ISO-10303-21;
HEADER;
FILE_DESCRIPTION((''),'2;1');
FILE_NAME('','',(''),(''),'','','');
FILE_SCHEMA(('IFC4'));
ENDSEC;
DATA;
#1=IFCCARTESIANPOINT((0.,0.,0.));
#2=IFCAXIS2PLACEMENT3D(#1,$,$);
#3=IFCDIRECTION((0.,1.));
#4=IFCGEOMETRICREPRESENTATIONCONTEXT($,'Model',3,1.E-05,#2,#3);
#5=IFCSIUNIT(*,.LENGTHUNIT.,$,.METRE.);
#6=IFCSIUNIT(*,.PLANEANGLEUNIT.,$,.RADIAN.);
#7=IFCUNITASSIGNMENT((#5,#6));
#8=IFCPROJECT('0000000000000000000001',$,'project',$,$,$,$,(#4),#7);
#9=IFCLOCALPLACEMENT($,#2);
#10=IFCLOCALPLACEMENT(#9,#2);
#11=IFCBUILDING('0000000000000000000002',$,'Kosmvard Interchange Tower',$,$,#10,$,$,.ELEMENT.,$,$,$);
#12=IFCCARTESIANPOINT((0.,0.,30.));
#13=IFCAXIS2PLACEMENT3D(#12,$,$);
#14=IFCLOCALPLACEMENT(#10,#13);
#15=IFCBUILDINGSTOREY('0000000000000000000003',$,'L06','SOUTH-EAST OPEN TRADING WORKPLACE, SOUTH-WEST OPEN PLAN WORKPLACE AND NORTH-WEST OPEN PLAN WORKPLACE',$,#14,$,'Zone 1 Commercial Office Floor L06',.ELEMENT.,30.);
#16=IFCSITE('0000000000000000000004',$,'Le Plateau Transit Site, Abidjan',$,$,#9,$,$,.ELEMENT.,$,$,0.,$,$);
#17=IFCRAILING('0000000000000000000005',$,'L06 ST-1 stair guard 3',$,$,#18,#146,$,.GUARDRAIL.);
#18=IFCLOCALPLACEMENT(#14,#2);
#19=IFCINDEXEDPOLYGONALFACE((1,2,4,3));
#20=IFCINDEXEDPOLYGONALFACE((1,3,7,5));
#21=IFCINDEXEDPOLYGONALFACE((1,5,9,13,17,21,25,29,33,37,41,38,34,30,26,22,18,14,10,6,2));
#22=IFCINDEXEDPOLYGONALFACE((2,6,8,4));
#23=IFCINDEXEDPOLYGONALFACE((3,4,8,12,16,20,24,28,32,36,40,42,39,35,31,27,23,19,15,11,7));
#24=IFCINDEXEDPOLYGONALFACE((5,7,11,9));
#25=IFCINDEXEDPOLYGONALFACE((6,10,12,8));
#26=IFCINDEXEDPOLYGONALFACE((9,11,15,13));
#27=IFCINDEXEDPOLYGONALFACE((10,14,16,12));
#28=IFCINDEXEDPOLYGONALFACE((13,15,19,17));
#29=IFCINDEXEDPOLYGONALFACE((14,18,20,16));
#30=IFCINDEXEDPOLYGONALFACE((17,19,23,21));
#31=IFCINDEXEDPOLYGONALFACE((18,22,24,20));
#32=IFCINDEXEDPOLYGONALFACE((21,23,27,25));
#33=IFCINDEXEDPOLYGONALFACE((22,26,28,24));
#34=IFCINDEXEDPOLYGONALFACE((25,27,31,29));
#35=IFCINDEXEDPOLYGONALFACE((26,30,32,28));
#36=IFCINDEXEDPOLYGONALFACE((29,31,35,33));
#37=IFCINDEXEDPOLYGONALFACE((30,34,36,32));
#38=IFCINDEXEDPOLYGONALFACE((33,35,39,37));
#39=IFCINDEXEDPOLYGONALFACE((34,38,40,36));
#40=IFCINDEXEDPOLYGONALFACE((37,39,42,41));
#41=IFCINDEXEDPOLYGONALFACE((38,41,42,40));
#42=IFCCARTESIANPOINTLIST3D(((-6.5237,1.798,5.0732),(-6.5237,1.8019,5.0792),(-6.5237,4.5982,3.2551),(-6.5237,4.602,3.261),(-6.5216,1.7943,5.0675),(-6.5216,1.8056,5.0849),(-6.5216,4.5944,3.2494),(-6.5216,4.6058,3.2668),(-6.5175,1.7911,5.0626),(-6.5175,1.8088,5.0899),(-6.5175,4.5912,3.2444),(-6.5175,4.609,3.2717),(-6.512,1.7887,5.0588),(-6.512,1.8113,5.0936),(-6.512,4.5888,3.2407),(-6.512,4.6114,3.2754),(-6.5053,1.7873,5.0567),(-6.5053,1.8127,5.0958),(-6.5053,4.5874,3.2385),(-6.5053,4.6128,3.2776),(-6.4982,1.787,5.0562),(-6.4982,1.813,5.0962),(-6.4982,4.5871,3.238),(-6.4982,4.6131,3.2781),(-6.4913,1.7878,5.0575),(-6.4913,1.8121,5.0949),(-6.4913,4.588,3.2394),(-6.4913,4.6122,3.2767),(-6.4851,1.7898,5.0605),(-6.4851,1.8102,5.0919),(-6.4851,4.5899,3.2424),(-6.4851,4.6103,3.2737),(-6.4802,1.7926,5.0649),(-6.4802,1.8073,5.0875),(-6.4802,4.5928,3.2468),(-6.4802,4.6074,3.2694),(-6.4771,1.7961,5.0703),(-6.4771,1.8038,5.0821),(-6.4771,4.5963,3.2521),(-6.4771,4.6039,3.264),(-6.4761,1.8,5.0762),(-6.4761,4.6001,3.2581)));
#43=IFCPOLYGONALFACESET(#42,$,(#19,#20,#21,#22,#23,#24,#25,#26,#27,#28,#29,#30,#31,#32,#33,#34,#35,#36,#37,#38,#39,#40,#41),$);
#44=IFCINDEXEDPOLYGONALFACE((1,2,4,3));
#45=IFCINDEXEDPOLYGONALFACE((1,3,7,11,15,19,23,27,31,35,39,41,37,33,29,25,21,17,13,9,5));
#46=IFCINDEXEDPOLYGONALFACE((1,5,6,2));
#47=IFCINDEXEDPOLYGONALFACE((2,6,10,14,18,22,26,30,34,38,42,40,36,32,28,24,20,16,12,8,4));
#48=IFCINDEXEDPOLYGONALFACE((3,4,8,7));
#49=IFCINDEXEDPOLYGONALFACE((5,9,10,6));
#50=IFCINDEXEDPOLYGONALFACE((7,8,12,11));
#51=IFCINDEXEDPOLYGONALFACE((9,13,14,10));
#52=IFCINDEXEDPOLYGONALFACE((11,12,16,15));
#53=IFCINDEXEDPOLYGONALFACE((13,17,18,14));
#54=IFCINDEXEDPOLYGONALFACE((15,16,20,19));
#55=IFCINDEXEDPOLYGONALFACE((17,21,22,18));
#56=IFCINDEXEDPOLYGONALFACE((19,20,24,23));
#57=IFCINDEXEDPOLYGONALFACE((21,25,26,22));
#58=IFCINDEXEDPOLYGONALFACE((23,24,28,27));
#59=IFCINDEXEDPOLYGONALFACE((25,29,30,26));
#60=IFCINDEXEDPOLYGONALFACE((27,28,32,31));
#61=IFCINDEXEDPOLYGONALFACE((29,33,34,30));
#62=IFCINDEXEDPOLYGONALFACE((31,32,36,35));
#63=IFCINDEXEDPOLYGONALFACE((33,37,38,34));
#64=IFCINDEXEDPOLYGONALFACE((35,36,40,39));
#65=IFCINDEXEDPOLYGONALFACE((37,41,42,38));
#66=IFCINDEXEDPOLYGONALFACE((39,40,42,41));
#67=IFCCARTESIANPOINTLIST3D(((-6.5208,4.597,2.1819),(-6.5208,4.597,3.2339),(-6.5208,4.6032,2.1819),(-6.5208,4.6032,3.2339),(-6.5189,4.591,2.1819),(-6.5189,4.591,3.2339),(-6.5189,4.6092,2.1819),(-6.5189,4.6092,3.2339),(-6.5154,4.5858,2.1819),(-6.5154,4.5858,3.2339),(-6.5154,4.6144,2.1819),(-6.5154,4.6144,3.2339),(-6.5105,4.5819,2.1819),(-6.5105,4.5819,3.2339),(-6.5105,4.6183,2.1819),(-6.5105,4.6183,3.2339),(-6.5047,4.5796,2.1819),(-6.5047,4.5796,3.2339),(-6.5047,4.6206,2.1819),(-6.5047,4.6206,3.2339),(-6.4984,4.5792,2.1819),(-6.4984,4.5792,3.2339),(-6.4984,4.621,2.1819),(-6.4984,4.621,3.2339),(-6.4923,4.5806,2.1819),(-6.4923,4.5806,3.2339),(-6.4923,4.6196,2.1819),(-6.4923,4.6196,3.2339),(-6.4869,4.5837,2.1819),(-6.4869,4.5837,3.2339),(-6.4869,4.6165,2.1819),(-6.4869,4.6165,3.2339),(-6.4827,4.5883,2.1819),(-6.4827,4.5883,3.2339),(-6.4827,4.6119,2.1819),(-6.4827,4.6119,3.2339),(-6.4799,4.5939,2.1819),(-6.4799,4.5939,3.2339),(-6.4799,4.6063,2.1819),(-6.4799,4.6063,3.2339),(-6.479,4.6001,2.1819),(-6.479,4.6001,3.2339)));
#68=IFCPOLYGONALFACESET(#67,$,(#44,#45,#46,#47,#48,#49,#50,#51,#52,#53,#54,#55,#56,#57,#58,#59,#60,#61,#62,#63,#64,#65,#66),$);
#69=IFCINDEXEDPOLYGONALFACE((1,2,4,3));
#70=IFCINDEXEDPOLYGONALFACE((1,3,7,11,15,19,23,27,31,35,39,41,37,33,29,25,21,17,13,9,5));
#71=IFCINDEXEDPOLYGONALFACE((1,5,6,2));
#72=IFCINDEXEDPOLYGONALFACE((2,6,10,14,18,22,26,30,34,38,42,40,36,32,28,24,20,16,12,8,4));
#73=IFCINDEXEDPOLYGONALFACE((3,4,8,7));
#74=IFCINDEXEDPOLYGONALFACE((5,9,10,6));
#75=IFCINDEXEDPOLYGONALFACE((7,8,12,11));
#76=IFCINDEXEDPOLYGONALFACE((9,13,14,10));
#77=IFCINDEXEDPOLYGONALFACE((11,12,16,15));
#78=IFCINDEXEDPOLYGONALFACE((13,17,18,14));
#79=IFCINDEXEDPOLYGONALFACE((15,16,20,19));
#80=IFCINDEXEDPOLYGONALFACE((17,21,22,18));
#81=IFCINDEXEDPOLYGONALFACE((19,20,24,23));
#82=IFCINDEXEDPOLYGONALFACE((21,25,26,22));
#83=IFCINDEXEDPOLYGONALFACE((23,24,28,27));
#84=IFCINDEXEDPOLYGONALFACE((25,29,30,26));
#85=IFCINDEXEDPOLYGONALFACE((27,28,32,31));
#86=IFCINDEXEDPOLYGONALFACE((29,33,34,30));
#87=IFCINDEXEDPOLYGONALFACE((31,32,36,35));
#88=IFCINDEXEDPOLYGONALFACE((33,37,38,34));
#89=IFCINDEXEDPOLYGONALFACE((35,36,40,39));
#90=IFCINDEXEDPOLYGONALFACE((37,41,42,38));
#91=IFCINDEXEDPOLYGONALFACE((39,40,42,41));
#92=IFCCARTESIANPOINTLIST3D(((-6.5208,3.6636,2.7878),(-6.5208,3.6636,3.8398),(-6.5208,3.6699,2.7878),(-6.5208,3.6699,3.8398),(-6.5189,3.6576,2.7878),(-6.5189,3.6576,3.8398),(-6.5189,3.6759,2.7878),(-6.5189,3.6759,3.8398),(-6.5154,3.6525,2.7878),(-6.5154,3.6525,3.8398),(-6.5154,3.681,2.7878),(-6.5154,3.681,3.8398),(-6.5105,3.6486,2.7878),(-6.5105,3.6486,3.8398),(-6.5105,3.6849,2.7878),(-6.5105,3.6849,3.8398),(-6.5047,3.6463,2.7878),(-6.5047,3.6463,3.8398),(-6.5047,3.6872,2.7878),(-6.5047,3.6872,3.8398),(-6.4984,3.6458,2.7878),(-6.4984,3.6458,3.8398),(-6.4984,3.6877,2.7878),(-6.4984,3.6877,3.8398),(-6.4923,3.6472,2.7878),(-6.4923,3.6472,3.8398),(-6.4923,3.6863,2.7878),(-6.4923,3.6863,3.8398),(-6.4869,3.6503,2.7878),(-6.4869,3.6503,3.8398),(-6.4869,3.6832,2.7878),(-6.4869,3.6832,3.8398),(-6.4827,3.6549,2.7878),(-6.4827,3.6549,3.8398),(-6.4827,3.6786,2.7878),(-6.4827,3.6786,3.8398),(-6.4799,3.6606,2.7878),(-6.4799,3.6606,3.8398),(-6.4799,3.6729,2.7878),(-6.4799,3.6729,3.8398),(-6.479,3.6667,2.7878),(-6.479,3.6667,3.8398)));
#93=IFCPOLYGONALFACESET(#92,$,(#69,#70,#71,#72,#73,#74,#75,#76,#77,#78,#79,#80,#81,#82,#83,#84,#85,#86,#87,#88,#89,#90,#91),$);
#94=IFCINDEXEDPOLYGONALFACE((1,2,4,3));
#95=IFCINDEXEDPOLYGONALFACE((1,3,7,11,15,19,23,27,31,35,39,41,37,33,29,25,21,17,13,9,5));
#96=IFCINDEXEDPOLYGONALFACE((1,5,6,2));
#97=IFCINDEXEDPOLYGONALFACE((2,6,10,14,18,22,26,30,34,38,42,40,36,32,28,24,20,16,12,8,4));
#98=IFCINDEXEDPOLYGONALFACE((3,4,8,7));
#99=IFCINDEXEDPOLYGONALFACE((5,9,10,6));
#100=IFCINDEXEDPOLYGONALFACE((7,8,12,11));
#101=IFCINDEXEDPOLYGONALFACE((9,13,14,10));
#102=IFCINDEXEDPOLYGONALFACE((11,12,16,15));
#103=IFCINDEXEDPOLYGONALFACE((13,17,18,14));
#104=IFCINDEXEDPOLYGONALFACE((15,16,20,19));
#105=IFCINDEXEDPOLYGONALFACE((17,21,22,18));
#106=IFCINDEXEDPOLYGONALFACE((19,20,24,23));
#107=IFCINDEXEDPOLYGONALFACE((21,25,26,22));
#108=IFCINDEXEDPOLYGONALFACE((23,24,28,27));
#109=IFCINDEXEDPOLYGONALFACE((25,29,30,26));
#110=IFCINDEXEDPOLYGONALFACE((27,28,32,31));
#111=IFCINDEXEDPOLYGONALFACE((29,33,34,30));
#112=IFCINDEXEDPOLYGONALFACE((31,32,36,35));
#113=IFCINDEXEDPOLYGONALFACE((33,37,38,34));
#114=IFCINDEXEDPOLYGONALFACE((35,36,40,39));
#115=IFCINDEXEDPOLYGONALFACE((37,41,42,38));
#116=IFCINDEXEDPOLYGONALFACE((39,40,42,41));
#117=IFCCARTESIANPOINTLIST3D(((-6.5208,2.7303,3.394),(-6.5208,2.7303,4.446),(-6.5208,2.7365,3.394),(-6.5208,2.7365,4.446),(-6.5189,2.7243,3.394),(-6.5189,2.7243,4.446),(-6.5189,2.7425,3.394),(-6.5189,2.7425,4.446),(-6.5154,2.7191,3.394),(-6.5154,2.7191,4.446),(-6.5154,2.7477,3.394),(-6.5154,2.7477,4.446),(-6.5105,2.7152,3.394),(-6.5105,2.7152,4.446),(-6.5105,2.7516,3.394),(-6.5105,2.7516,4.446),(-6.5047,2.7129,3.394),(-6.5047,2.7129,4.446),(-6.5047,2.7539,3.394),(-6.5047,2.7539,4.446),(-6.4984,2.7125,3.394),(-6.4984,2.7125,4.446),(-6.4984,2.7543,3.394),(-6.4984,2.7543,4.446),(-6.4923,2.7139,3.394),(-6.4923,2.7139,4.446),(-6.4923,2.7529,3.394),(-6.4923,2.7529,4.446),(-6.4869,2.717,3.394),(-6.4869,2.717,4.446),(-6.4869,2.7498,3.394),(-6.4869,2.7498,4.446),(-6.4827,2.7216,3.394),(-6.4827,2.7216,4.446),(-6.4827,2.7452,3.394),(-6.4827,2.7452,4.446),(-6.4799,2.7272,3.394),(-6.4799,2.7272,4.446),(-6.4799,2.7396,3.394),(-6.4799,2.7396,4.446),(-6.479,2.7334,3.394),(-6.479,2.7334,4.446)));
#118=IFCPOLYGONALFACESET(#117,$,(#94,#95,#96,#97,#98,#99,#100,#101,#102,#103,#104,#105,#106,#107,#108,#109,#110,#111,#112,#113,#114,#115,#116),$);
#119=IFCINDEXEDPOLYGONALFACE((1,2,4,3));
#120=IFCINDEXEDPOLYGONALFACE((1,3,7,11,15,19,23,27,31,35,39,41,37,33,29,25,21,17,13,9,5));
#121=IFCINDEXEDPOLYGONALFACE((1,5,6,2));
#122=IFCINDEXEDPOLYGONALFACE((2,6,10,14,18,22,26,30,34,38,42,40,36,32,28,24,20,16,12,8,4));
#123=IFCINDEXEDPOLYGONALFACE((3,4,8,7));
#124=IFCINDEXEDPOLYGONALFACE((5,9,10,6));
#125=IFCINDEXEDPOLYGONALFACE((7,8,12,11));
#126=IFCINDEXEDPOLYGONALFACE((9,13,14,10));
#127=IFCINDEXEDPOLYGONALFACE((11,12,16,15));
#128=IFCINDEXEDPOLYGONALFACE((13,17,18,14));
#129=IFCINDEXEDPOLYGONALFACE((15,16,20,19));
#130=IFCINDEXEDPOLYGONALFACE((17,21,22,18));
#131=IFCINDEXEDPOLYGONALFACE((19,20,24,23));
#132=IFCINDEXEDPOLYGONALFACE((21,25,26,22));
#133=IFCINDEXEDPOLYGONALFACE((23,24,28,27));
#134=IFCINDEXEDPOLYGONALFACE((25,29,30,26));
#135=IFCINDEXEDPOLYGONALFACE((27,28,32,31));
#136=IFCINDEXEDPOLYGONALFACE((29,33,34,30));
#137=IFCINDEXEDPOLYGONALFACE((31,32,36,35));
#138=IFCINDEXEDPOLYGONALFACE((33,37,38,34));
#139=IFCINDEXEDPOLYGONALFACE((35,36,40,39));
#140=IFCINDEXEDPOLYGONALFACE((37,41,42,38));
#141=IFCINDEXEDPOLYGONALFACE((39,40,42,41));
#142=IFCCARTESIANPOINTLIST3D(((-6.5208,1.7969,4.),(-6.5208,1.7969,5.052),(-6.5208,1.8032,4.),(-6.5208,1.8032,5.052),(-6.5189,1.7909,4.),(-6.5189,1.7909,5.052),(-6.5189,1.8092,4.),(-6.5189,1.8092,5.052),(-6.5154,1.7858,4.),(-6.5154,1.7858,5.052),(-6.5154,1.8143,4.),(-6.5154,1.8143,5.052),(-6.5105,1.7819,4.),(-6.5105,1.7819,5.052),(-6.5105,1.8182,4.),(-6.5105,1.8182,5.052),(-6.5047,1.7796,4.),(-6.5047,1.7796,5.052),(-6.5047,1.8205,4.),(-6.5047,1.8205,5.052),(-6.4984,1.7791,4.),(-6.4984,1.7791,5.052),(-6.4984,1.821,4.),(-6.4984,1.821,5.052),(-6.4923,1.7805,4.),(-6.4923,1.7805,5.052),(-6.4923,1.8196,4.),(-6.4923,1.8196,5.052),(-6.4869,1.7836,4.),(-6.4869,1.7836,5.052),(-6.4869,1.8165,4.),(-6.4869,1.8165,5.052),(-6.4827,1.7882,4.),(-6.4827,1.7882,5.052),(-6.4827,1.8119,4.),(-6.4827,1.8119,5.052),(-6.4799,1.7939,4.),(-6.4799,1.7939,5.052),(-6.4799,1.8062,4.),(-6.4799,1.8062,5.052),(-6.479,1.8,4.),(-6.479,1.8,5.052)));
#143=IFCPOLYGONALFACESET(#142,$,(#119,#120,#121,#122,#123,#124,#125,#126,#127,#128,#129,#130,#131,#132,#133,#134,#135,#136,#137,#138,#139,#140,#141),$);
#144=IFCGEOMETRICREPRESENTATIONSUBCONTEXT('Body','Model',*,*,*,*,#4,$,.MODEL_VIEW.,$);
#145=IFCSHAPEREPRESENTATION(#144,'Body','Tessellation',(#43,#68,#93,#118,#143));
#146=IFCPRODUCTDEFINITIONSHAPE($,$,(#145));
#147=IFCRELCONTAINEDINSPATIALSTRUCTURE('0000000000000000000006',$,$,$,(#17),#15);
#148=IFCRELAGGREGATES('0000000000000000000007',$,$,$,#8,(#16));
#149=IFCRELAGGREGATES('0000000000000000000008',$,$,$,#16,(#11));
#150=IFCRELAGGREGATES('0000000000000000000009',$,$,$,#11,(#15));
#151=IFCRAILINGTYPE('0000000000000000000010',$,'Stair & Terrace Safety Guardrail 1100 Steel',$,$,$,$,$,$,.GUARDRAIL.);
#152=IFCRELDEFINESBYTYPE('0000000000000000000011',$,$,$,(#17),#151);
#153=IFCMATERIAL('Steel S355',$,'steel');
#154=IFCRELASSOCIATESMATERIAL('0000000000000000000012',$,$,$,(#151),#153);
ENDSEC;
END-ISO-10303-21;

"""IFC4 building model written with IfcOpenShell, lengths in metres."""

from ifc_helpers import new_model, si_unit, direction, frame, origin, origin_2d, place, context, subcontext, project, spatial, circle, extrude, source, transform, mapped, material, type_object, element, save


model = new_model("IFC4")

# Units and contexts
model_context = context("Model", 3, precision=1e-05, world=origin(), true_north=direction((0.0, 1.0)))
body_context = subcontext(model_context, "Body", "Model", "MODEL_VIEW")
ifc_project = project(units=[si_unit("LENGTHUNIT", "METRE"), si_unit("PLANEANGLEUNIT", "RADIAN")], contexts=[model_context])

# Site, building, storey
site_placement = place(None, origin())
site = spatial("IfcSite", under=ifc_project, at=site_placement, Name="Le Plateau Transit Site, Abidjan", CompositionType="ELEMENT", RefElevation=0.0)
building_placement = place(site_placement, origin())
building = spatial("IfcBuilding", under=site, at=building_placement, Name="Kosmvard Interchange Tower", CompositionType="ELEMENT")
storey_placement = place(building_placement, frame((0.0, 0.0, 30.0)))
storey = spatial("IfcBuildingStorey", under=building, at=storey_placement, Name="L06", Description="SOUTH-EAST OPEN TRADING WORKPLACE, SOUTH-WEST OPEN PLAN WORKPLACE AND NORTH-WEST OPEN PLAN WORKPLACE", LongName="Zone 1 Commercial Office Floor L06", CompositionType="ELEMENT", Elevation=30.0)

# Shared definitions
ifc_material_1 = material(Name="Steel S355", Category="steel")

# Railing
railing_type_1 = type_object("IfcRailingType", Name="Stair & Terrace Safety Guardrail 1100 Steel", PredefinedType="GUARDRAIL", material=ifc_material_1)
shared_shape_1 = source(origin(), body_context, "Body", "SweptSolid", [
    extrude(circle(Radius=0.0239, at=origin_2d()), frame((0.0, 0.0, 1.0762), z_axis=(0.0, -0.838706, 0.544585), x_axis=(1.0, 0.0, 0.0)), (0.0, 0.0, 1.0), 3.3386),
    extrude(circle(Radius=0.021, at=origin_2d()), origin(), (0.0, 0.0, 1.0), 1.052),
    extrude(circle(Radius=0.021, at=origin_2d()), frame((0.0, -0.9333, 0.606)), (0.0, 0.0, 1.0), 1.052),
    extrude(circle(Radius=0.021, at=origin_2d()), frame((0.0, -1.8667, 1.2122)), (0.0, 0.0, 1.0), 1.052),
    extrude(circle(Radius=0.021, at=origin_2d()), frame((0.0, -2.8, 1.8181)), (0.0, 0.0, 1.0), 1.052),
])
railing_1_placement = place(storey_placement, frame((-6.5, 4.6001, 2.1819)))
element("IfcRailing", 1, at=railing_1_placement, inside=storey, type_object=railing_type_1, Name="L06 ST-1 stair guard 3", PredefinedType="GUARDRAIL", context=body_context, shape_type="MappedRepresentation", body=[
    mapped(shared_shape_1, transform((0.0, 0.0, 0.0), scale=1.0)),
])

save(model, "model.ifc")
